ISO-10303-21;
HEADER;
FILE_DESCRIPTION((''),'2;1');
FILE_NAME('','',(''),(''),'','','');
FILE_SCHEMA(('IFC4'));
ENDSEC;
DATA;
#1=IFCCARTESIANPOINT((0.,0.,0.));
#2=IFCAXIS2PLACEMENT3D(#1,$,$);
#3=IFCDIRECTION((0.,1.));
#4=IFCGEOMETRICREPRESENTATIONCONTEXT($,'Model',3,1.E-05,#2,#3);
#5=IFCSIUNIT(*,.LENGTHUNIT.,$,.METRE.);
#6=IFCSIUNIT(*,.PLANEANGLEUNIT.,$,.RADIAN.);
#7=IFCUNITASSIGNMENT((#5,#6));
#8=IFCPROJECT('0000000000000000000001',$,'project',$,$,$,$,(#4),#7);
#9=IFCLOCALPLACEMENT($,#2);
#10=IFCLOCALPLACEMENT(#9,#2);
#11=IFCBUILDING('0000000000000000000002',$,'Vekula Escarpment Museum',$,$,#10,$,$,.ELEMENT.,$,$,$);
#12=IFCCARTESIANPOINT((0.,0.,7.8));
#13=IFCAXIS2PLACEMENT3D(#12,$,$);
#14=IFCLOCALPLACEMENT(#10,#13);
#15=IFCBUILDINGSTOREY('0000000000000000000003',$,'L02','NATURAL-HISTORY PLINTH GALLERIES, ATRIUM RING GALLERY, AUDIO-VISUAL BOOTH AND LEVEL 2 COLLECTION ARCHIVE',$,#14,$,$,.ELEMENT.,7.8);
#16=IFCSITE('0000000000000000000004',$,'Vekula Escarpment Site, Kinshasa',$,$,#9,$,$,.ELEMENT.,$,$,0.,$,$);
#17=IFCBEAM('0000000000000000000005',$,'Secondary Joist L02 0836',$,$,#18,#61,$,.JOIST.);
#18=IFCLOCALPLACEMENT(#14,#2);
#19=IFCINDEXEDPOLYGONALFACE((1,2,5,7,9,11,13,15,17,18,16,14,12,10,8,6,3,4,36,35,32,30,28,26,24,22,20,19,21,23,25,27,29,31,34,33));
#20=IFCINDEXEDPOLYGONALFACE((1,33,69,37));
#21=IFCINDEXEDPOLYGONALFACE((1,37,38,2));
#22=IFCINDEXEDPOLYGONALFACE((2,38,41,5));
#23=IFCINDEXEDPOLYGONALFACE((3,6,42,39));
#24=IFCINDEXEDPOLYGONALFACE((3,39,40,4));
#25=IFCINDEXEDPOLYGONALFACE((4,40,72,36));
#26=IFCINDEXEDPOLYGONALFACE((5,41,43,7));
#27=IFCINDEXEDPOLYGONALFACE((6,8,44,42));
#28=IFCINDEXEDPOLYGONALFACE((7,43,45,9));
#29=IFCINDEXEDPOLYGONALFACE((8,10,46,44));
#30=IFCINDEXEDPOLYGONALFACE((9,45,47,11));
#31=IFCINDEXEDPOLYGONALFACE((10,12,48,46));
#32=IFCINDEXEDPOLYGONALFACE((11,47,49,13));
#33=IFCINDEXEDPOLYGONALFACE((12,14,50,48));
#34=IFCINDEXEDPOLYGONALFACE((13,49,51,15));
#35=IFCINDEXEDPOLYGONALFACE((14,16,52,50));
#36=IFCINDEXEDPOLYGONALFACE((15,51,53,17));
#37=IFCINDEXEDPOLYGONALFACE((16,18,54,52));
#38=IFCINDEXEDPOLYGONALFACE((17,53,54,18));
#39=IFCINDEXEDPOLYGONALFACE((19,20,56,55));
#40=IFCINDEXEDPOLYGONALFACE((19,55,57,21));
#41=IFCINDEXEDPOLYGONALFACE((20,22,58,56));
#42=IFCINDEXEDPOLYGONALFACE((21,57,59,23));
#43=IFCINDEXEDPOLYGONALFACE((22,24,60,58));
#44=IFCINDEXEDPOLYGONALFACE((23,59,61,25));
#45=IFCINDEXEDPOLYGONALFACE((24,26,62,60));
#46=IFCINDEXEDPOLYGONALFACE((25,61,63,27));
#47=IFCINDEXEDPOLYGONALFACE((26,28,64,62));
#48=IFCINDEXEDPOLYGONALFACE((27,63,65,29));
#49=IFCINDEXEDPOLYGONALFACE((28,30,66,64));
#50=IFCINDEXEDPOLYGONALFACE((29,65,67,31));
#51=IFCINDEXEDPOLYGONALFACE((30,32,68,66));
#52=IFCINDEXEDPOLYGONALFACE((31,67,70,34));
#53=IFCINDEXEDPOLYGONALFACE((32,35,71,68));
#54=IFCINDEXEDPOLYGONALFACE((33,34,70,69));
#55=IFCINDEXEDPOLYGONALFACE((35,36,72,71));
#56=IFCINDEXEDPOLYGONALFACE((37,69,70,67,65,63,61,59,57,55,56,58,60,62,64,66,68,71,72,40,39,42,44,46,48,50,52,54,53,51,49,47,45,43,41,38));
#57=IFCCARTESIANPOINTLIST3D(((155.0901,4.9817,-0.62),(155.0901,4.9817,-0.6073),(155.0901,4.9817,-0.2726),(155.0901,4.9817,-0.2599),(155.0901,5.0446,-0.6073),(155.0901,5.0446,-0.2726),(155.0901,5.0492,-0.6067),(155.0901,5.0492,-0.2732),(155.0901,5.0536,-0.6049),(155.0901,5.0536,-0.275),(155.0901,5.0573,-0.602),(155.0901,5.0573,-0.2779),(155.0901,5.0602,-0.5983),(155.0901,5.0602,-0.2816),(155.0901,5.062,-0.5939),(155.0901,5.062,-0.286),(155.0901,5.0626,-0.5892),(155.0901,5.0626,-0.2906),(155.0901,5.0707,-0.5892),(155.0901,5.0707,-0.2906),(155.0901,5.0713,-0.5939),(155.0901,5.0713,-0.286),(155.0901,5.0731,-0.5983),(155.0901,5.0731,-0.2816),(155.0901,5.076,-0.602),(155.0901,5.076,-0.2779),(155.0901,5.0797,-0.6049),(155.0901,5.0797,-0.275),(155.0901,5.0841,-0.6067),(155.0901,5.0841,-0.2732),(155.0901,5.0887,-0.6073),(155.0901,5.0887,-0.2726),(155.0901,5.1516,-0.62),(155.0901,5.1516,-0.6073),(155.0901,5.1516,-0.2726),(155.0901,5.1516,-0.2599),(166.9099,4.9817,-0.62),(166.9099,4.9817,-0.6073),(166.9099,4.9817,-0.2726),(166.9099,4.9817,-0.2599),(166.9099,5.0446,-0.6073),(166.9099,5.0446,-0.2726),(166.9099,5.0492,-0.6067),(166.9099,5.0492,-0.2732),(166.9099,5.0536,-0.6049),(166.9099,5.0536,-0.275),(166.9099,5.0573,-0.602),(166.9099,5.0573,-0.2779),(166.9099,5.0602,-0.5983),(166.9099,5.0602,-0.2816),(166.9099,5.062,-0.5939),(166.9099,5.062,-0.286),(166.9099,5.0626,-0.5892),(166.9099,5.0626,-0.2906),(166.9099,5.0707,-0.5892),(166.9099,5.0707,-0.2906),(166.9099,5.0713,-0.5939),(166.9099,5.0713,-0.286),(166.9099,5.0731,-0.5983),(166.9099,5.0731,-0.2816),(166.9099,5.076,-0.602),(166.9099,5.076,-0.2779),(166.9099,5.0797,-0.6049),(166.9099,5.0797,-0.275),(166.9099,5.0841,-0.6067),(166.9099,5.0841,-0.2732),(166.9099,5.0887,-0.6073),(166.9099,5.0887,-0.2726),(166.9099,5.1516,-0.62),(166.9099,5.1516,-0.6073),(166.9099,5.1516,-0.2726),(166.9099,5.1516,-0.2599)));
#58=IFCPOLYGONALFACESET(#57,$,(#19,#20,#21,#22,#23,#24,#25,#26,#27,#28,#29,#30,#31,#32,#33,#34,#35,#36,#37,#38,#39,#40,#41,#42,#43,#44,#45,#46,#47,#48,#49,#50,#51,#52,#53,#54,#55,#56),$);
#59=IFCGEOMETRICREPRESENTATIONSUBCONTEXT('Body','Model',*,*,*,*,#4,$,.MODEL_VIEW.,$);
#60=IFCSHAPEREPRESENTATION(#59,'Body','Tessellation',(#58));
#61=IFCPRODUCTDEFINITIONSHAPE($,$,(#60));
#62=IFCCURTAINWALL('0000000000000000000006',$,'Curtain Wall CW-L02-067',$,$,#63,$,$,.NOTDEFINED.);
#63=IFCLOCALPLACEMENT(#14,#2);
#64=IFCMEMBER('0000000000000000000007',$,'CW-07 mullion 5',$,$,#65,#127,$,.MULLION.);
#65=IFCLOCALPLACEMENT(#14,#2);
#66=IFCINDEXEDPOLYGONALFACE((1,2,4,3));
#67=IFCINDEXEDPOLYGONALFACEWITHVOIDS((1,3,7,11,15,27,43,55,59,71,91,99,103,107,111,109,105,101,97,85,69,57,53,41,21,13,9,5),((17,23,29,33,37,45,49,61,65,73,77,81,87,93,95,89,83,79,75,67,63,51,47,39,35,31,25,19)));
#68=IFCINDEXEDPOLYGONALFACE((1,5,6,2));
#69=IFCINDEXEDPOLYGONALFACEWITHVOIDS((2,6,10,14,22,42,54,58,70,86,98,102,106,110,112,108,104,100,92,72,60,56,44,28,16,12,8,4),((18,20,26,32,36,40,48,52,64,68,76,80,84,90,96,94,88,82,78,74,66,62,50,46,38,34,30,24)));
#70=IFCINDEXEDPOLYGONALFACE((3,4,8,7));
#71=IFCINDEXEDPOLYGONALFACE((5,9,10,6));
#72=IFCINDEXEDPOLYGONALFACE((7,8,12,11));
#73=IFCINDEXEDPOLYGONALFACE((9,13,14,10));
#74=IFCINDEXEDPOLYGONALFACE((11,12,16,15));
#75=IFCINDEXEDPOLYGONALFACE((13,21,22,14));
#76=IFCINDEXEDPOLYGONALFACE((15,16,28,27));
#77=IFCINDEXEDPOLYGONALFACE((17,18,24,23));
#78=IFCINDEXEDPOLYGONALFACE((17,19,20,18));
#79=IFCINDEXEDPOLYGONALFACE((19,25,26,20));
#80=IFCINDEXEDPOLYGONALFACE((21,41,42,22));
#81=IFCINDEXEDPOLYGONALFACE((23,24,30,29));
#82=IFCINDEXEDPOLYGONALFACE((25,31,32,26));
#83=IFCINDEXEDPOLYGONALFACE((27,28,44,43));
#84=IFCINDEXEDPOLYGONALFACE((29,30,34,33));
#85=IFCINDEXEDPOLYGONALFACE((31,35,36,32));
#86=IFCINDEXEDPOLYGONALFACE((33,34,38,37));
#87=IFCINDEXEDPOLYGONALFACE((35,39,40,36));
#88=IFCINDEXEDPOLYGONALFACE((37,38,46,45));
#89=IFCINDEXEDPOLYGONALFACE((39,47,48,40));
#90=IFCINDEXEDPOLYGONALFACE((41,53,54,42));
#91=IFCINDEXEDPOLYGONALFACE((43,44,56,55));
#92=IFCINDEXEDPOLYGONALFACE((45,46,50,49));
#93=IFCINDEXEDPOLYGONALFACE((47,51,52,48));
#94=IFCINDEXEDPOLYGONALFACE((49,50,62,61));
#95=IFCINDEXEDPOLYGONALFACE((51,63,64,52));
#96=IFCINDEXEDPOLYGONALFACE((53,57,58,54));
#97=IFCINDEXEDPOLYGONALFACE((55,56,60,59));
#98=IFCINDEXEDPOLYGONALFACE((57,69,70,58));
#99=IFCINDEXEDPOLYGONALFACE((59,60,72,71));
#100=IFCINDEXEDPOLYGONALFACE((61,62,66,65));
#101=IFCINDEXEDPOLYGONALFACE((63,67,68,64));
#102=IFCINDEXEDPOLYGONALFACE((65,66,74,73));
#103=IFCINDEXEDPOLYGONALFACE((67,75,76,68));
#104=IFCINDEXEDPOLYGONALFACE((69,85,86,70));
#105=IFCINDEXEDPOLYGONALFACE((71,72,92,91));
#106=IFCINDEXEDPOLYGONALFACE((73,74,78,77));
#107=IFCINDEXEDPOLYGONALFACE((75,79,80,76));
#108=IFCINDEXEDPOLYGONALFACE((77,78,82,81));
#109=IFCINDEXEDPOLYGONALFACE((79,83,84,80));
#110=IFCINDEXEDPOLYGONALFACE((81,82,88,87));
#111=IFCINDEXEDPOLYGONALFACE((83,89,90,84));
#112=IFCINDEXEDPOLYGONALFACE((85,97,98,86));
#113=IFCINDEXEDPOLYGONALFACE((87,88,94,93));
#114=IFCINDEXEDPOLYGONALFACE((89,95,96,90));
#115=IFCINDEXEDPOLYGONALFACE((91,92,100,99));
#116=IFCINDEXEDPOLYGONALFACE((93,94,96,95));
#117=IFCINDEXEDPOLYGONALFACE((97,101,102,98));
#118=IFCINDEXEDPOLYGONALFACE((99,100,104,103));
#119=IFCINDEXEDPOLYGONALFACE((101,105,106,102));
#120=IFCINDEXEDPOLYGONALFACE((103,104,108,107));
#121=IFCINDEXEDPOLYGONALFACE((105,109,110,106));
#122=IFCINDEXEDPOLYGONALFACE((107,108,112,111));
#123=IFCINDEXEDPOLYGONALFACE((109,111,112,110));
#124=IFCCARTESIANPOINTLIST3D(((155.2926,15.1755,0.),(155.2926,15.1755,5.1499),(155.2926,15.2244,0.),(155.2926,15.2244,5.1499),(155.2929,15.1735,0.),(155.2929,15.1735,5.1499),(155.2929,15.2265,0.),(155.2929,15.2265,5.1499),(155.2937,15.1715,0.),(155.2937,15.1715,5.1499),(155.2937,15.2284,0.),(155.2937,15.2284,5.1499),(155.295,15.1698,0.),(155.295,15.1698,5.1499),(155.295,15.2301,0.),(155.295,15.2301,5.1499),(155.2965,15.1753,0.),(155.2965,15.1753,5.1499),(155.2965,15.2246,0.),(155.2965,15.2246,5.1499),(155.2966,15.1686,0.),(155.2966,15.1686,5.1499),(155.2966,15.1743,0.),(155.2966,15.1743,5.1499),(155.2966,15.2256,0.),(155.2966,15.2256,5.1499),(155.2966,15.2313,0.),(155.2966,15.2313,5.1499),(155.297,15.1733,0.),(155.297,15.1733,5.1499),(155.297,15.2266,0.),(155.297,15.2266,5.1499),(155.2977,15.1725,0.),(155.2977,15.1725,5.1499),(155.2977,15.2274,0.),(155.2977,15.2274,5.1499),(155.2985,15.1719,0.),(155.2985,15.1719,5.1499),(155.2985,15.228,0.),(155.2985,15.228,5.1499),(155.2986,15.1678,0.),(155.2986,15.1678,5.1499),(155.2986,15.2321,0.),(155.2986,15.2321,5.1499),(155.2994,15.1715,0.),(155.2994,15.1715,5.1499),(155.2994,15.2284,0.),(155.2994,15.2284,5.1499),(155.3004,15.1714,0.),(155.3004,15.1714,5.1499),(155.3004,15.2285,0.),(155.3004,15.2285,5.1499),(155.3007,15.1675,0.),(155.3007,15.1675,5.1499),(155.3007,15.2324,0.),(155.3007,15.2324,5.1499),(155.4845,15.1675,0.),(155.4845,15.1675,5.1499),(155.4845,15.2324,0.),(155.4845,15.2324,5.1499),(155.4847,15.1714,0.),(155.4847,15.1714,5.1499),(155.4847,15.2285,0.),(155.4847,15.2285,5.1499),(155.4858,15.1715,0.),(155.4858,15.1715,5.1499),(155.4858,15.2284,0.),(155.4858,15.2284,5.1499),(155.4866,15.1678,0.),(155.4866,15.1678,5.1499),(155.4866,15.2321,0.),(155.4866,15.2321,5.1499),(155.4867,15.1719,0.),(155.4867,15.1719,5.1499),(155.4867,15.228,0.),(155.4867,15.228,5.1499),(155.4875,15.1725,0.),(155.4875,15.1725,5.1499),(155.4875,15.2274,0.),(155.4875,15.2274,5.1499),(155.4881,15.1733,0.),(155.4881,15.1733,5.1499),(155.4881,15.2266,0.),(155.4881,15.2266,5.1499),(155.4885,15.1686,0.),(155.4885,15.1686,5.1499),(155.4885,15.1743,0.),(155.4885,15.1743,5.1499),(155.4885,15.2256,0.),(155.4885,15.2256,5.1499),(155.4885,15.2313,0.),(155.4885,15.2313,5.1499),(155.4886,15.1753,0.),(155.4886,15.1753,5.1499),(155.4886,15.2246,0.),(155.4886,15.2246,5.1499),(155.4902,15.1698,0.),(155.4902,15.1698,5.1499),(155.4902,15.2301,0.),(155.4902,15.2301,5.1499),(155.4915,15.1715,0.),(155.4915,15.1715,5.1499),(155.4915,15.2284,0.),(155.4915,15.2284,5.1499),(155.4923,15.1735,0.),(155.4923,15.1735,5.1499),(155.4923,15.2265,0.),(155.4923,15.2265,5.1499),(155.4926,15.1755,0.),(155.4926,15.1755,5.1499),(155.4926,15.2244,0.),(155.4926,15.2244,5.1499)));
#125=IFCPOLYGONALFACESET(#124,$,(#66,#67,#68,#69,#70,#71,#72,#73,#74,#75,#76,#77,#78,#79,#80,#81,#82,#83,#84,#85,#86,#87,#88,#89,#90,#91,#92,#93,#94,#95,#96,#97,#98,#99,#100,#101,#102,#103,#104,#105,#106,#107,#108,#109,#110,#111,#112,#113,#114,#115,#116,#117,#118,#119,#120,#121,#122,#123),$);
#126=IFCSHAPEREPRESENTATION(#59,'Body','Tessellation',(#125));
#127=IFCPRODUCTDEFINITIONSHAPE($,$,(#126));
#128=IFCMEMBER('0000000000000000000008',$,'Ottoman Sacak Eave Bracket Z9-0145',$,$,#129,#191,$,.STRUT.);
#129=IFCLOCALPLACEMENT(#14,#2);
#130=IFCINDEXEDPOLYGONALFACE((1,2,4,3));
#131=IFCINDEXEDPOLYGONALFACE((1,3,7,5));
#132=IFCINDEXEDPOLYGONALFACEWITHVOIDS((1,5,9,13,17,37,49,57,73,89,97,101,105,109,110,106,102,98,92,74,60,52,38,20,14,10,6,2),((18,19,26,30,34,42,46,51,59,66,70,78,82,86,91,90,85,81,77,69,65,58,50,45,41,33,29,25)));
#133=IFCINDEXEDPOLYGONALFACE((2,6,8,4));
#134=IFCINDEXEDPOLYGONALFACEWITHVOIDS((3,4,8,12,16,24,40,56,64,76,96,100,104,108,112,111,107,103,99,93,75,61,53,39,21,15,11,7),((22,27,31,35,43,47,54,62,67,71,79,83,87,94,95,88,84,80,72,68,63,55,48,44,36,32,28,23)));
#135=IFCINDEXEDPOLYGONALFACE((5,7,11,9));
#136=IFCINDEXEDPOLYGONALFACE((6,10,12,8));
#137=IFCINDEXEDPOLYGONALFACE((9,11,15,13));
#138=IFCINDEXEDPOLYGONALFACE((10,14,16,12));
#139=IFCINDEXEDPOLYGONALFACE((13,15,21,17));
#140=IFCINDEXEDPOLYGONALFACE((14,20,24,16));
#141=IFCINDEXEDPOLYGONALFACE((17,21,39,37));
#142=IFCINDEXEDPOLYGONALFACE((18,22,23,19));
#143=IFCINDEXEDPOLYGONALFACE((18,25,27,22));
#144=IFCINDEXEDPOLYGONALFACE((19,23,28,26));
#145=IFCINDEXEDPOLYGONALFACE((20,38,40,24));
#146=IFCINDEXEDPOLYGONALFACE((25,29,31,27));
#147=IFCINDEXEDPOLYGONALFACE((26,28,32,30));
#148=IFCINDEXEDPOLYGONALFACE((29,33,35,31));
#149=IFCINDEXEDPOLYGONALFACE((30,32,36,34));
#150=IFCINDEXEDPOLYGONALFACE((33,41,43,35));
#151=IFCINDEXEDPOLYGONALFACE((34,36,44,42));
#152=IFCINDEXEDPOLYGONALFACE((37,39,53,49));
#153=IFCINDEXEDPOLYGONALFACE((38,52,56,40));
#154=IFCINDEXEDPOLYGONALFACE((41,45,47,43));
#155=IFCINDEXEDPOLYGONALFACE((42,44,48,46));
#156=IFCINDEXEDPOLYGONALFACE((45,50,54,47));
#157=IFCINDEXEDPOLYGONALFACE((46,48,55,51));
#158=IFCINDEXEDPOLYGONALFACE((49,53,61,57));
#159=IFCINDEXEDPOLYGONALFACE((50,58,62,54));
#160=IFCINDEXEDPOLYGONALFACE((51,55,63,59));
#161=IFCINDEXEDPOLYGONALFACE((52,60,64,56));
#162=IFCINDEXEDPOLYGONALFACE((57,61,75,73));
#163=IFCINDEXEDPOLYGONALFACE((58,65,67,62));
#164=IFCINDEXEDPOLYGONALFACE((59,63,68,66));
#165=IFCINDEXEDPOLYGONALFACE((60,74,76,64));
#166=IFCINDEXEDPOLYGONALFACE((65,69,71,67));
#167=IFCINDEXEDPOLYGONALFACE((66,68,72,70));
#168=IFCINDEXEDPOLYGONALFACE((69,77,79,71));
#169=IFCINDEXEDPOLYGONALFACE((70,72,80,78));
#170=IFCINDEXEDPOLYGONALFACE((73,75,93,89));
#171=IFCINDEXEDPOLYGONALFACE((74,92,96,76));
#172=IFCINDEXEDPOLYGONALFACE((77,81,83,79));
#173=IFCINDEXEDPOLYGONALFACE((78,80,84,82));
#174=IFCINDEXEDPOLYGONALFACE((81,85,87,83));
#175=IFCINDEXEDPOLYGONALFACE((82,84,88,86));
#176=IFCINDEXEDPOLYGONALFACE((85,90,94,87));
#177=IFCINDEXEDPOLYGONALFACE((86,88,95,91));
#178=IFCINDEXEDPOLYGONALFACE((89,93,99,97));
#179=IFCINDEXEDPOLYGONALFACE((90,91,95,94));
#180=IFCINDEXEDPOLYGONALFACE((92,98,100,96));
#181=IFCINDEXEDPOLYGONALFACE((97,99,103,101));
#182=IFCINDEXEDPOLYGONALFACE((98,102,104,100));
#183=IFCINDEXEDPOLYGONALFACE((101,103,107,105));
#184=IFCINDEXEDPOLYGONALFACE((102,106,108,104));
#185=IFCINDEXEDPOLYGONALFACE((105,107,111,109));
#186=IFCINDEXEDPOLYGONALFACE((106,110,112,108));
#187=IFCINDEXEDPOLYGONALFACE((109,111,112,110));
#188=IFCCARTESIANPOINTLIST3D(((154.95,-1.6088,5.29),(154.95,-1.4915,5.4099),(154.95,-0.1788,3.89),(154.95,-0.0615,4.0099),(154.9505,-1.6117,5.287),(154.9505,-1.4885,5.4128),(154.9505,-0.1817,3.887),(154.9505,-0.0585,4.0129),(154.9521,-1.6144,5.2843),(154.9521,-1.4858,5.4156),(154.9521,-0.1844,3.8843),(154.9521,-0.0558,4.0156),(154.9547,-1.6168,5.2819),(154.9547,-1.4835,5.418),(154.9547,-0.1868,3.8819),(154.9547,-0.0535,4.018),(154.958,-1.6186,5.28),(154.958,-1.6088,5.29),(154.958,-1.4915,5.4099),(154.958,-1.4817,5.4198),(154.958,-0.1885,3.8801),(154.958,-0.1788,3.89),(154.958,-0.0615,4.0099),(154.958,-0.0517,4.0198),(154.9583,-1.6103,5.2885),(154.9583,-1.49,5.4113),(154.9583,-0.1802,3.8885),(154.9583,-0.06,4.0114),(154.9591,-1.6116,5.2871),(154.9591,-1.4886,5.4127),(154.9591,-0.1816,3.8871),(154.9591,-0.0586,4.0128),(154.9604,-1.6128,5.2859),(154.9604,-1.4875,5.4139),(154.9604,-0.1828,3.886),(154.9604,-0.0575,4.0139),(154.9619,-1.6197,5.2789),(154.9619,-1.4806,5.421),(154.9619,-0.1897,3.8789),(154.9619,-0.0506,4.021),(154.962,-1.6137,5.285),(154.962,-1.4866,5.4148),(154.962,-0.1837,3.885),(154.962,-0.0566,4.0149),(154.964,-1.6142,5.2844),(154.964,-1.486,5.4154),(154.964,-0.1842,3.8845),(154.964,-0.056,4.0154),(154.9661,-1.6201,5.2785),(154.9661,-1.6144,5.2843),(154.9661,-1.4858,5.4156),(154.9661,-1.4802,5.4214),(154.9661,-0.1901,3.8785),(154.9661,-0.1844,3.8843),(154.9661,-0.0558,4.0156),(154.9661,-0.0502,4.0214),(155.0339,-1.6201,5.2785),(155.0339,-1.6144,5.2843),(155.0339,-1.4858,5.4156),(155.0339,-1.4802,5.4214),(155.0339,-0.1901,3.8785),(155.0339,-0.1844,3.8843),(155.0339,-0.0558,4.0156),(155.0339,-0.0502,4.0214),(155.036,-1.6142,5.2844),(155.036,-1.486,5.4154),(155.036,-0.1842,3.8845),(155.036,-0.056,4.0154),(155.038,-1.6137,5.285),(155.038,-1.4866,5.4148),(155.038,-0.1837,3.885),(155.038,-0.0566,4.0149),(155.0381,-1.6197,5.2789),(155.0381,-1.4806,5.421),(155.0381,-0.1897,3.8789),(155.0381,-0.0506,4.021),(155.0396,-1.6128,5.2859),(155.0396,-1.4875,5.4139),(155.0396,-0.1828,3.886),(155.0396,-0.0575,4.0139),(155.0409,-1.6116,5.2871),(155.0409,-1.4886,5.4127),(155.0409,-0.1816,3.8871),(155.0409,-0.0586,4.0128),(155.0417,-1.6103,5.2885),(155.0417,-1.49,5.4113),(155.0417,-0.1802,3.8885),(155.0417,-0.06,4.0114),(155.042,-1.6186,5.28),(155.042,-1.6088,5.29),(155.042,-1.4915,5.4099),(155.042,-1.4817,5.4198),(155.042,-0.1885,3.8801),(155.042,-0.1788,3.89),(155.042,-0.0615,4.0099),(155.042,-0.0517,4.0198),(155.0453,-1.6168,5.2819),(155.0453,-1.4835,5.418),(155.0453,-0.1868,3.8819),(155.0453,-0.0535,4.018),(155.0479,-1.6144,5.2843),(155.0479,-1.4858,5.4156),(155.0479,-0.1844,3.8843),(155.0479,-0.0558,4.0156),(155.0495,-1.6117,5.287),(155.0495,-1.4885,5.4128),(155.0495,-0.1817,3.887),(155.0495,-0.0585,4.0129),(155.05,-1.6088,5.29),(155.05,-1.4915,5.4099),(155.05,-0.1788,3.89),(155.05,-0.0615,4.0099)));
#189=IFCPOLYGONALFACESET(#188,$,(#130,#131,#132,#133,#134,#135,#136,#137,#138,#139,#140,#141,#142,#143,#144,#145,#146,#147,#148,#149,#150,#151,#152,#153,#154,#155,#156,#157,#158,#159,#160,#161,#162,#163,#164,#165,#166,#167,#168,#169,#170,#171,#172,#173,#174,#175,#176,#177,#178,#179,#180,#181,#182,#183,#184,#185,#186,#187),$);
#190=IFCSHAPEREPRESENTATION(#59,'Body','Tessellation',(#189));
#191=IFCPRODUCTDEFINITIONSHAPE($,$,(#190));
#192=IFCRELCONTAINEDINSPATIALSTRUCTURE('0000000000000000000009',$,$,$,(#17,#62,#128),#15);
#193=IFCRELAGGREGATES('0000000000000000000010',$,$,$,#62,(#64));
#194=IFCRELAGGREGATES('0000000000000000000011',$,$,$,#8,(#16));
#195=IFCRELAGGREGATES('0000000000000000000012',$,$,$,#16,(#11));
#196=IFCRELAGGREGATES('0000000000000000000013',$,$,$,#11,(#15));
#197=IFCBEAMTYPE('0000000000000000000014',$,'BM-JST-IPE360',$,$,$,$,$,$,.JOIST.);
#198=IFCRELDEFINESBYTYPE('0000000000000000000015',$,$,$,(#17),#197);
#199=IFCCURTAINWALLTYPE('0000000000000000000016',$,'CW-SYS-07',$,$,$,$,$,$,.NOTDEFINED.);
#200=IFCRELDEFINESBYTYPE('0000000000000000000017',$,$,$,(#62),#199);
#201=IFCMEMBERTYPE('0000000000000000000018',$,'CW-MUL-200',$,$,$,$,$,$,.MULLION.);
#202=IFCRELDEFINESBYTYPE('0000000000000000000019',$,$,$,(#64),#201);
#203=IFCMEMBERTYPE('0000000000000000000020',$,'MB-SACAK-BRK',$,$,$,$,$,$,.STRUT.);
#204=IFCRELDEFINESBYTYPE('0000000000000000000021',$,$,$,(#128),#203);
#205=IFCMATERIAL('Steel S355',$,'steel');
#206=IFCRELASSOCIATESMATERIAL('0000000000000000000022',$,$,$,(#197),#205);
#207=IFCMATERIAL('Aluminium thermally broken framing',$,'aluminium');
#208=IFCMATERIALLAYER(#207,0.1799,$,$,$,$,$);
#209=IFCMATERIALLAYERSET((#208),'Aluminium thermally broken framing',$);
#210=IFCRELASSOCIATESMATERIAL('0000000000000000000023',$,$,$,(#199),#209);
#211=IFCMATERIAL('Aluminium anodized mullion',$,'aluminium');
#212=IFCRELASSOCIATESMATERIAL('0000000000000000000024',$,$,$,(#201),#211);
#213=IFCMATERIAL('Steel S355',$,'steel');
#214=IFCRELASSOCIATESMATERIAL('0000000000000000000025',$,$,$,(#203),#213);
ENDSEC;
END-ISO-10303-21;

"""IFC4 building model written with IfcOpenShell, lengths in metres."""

from ifc_helpers import new_model, si_unit, direction, frame, origin, origin_2d, place, context, subcontext, project, spatial, hollow_rectangle, i_section, extrude, material, layer, layer_set, material_profile, profile_set, type_object, element, aggregate, save


model = new_model("IFC4")

# Units and contexts
model_context = context("Model", 3, precision=1e-05, world=origin(), true_north=direction((0.0, 1.0)))
body_context = subcontext(model_context, "Body", "Model", "MODEL_VIEW")
ifc_project = project(units=[si_unit("LENGTHUNIT", "METRE"), si_unit("PLANEANGLEUNIT", "RADIAN")], contexts=[model_context])

# Site, building, storey
site_placement = place(None, origin())
site = spatial("IfcSite", under=ifc_project, at=site_placement, Name="Vekula Escarpment Site, Kinshasa", CompositionType="ELEMENT", RefElevation=0.0)
building_placement = place(site_placement, origin())
building = spatial("IfcBuilding", under=site, at=building_placement, Name="Vekula Escarpment Museum", CompositionType="ELEMENT")
storey_placement = place(building_placement, frame((0.0, 0.0, 7.8)))
storey = spatial("IfcBuildingStorey", under=building, at=storey_placement, Name="L02", Description="NATURAL-HISTORY PLINTH GALLERIES, ATRIUM RING GALLERY, AUDIO-VISUAL BOOTH AND LEVEL 2 COLLECTION ARCHIVE", CompositionType="ELEMENT", Elevation=7.8)

# Beam
ifc_material_1 = material(Name="Steel S355", Category="steel")
ifc_material_profile_1 = material_profile(ifc_material_1, i_section(OverallWidth=0.1699, OverallDepth=0.3601, WebThickness=0.0081, FlangeThickness=0.0127, FilletRadius=0.0181, at=origin_2d()), Name="IPE 360")
ifc_profile_set_1 = profile_set([ifc_material_profile_1], Name="Steel S355")
beam_type_1 = type_object("IfcBeamType", Name="BM-JST-IPE360", PredefinedType="JOIST", material=ifc_profile_set_1)
for number, where, z_axis, x_axis, name in (
    (1, (155.0901, 5.0667, -0.4399), (1.0, 0.0, 0.0), (0.0, 1.0, 0.0), "Secondary Joist L02 0836"),
):
    element("IfcBeam", number, at=place(storey_placement, frame(where, z_axis=z_axis, x_axis=x_axis)), inside=storey, type_object=beam_type_1, Name=name, PredefinedType="JOIST", context=body_context, shape_type="SweptSolid", body=[
        extrude(i_section(OverallWidth=0.1699, OverallDepth=0.3601, WebThickness=0.0081, FlangeThickness=0.0127, FilletRadius=0.0181, at=origin_2d()), origin(), (0.0, 0.0, 1.0), 11.8198),
    ])

# Curtain wall, member
ifc_material_2 = material(Name="Aluminium thermally broken framing", Category="aluminium")
ifc_layer_1 = layer(ifc_material_2, 0.1799)
ifc_layer_set_1 = layer_set([ifc_layer_1], Name="Aluminium thermally broken framing")
curtain_wall_type = type_object("IfcCurtainWallType", Name="CW-SYS-07", PredefinedType="NOTDEFINED", material=ifc_layer_set_1)
curtain_wall_placement = place(storey_placement, origin())
curtain_wall = element("IfcCurtainWall", 2, at=curtain_wall_placement, inside=storey, type_object=curtain_wall_type, Name="Curtain Wall CW-L02-067", PredefinedType="NOTDEFINED")
ifc_material_3 = material(Name="Aluminium anodized mullion", Category="aluminium")
ifc_material_profile_2 = material_profile(ifc_material_3, hollow_rectangle(XDim=0.0649, YDim=0.2, WallThickness=0.0039, InnerFilletRadius=0.0039, OuterFilletRadius=0.0081, at=origin_2d()), Name="ALU 200x65x4")
ifc_profile_set_2 = profile_set([ifc_material_profile_2], Name="Aluminium anodized mullion")
member_type_1 = type_object("IfcMemberType", Name="CW-MUL-200", PredefinedType="MULLION", material=ifc_profile_set_2)
member_1_placement = place(storey_placement, frame((155.3926, 15.2, 0.0), z_axis=(0.0, 0.0, 1.0), x_axis=(0.0, -1.0, 0.0)))
member_1 = element("IfcMember", 3, at=member_1_placement, type_object=member_type_1, Name="CW-07 mullion 5", PredefinedType="MULLION", context=body_context, shape_type="SweptSolid", body=[
    extrude(hollow_rectangle(XDim=0.0649, YDim=0.2, WallThickness=0.0039, InnerFilletRadius=0.0039, OuterFilletRadius=0.0081, at=origin_2d()), origin(), (0.0, 0.0, 1.0), 5.1499),
])
aggregate(curtain_wall, [member_1])

# Member
ifc_material_4 = material(Name="Steel S355", Category="steel")
ifc_material_profile_3 = material_profile(ifc_material_4, hollow_rectangle(XDim=0.1001, YDim=0.2, WallThickness=0.0081, InnerFilletRadius=0.0081, OuterFilletRadius=0.0161, at=origin_2d()), Name="RHS 200x100x8")
ifc_profile_set_3 = profile_set([ifc_material_profile_3], Name="Steel S355")
member_type_2 = type_object("IfcMemberType", Name="MB-SACAK-BRK", PredefinedType="STRUT", material=ifc_profile_set_3)
member_2_placement = place(storey_placement, frame((155.0, -0.1201, 3.95), z_axis=(0.0, -0.71457, 0.699564), x_axis=(1.0, 0.0, 0.0)))
element("IfcMember", 4, at=member_2_placement, inside=storey, type_object=member_type_2, Name="Ottoman Sacak Eave Bracket Z9-0145", PredefinedType="STRUT", context=body_context, shape_type="SweptSolid", body=[
    extrude(hollow_rectangle(XDim=0.1001, YDim=0.2, WallThickness=0.0081, InnerFilletRadius=0.0081, OuterFilletRadius=0.0161, at=origin_2d()), origin(), (0.0, 0.0, 1.0), 2.0012),
])

save(model, "model.ifc")
